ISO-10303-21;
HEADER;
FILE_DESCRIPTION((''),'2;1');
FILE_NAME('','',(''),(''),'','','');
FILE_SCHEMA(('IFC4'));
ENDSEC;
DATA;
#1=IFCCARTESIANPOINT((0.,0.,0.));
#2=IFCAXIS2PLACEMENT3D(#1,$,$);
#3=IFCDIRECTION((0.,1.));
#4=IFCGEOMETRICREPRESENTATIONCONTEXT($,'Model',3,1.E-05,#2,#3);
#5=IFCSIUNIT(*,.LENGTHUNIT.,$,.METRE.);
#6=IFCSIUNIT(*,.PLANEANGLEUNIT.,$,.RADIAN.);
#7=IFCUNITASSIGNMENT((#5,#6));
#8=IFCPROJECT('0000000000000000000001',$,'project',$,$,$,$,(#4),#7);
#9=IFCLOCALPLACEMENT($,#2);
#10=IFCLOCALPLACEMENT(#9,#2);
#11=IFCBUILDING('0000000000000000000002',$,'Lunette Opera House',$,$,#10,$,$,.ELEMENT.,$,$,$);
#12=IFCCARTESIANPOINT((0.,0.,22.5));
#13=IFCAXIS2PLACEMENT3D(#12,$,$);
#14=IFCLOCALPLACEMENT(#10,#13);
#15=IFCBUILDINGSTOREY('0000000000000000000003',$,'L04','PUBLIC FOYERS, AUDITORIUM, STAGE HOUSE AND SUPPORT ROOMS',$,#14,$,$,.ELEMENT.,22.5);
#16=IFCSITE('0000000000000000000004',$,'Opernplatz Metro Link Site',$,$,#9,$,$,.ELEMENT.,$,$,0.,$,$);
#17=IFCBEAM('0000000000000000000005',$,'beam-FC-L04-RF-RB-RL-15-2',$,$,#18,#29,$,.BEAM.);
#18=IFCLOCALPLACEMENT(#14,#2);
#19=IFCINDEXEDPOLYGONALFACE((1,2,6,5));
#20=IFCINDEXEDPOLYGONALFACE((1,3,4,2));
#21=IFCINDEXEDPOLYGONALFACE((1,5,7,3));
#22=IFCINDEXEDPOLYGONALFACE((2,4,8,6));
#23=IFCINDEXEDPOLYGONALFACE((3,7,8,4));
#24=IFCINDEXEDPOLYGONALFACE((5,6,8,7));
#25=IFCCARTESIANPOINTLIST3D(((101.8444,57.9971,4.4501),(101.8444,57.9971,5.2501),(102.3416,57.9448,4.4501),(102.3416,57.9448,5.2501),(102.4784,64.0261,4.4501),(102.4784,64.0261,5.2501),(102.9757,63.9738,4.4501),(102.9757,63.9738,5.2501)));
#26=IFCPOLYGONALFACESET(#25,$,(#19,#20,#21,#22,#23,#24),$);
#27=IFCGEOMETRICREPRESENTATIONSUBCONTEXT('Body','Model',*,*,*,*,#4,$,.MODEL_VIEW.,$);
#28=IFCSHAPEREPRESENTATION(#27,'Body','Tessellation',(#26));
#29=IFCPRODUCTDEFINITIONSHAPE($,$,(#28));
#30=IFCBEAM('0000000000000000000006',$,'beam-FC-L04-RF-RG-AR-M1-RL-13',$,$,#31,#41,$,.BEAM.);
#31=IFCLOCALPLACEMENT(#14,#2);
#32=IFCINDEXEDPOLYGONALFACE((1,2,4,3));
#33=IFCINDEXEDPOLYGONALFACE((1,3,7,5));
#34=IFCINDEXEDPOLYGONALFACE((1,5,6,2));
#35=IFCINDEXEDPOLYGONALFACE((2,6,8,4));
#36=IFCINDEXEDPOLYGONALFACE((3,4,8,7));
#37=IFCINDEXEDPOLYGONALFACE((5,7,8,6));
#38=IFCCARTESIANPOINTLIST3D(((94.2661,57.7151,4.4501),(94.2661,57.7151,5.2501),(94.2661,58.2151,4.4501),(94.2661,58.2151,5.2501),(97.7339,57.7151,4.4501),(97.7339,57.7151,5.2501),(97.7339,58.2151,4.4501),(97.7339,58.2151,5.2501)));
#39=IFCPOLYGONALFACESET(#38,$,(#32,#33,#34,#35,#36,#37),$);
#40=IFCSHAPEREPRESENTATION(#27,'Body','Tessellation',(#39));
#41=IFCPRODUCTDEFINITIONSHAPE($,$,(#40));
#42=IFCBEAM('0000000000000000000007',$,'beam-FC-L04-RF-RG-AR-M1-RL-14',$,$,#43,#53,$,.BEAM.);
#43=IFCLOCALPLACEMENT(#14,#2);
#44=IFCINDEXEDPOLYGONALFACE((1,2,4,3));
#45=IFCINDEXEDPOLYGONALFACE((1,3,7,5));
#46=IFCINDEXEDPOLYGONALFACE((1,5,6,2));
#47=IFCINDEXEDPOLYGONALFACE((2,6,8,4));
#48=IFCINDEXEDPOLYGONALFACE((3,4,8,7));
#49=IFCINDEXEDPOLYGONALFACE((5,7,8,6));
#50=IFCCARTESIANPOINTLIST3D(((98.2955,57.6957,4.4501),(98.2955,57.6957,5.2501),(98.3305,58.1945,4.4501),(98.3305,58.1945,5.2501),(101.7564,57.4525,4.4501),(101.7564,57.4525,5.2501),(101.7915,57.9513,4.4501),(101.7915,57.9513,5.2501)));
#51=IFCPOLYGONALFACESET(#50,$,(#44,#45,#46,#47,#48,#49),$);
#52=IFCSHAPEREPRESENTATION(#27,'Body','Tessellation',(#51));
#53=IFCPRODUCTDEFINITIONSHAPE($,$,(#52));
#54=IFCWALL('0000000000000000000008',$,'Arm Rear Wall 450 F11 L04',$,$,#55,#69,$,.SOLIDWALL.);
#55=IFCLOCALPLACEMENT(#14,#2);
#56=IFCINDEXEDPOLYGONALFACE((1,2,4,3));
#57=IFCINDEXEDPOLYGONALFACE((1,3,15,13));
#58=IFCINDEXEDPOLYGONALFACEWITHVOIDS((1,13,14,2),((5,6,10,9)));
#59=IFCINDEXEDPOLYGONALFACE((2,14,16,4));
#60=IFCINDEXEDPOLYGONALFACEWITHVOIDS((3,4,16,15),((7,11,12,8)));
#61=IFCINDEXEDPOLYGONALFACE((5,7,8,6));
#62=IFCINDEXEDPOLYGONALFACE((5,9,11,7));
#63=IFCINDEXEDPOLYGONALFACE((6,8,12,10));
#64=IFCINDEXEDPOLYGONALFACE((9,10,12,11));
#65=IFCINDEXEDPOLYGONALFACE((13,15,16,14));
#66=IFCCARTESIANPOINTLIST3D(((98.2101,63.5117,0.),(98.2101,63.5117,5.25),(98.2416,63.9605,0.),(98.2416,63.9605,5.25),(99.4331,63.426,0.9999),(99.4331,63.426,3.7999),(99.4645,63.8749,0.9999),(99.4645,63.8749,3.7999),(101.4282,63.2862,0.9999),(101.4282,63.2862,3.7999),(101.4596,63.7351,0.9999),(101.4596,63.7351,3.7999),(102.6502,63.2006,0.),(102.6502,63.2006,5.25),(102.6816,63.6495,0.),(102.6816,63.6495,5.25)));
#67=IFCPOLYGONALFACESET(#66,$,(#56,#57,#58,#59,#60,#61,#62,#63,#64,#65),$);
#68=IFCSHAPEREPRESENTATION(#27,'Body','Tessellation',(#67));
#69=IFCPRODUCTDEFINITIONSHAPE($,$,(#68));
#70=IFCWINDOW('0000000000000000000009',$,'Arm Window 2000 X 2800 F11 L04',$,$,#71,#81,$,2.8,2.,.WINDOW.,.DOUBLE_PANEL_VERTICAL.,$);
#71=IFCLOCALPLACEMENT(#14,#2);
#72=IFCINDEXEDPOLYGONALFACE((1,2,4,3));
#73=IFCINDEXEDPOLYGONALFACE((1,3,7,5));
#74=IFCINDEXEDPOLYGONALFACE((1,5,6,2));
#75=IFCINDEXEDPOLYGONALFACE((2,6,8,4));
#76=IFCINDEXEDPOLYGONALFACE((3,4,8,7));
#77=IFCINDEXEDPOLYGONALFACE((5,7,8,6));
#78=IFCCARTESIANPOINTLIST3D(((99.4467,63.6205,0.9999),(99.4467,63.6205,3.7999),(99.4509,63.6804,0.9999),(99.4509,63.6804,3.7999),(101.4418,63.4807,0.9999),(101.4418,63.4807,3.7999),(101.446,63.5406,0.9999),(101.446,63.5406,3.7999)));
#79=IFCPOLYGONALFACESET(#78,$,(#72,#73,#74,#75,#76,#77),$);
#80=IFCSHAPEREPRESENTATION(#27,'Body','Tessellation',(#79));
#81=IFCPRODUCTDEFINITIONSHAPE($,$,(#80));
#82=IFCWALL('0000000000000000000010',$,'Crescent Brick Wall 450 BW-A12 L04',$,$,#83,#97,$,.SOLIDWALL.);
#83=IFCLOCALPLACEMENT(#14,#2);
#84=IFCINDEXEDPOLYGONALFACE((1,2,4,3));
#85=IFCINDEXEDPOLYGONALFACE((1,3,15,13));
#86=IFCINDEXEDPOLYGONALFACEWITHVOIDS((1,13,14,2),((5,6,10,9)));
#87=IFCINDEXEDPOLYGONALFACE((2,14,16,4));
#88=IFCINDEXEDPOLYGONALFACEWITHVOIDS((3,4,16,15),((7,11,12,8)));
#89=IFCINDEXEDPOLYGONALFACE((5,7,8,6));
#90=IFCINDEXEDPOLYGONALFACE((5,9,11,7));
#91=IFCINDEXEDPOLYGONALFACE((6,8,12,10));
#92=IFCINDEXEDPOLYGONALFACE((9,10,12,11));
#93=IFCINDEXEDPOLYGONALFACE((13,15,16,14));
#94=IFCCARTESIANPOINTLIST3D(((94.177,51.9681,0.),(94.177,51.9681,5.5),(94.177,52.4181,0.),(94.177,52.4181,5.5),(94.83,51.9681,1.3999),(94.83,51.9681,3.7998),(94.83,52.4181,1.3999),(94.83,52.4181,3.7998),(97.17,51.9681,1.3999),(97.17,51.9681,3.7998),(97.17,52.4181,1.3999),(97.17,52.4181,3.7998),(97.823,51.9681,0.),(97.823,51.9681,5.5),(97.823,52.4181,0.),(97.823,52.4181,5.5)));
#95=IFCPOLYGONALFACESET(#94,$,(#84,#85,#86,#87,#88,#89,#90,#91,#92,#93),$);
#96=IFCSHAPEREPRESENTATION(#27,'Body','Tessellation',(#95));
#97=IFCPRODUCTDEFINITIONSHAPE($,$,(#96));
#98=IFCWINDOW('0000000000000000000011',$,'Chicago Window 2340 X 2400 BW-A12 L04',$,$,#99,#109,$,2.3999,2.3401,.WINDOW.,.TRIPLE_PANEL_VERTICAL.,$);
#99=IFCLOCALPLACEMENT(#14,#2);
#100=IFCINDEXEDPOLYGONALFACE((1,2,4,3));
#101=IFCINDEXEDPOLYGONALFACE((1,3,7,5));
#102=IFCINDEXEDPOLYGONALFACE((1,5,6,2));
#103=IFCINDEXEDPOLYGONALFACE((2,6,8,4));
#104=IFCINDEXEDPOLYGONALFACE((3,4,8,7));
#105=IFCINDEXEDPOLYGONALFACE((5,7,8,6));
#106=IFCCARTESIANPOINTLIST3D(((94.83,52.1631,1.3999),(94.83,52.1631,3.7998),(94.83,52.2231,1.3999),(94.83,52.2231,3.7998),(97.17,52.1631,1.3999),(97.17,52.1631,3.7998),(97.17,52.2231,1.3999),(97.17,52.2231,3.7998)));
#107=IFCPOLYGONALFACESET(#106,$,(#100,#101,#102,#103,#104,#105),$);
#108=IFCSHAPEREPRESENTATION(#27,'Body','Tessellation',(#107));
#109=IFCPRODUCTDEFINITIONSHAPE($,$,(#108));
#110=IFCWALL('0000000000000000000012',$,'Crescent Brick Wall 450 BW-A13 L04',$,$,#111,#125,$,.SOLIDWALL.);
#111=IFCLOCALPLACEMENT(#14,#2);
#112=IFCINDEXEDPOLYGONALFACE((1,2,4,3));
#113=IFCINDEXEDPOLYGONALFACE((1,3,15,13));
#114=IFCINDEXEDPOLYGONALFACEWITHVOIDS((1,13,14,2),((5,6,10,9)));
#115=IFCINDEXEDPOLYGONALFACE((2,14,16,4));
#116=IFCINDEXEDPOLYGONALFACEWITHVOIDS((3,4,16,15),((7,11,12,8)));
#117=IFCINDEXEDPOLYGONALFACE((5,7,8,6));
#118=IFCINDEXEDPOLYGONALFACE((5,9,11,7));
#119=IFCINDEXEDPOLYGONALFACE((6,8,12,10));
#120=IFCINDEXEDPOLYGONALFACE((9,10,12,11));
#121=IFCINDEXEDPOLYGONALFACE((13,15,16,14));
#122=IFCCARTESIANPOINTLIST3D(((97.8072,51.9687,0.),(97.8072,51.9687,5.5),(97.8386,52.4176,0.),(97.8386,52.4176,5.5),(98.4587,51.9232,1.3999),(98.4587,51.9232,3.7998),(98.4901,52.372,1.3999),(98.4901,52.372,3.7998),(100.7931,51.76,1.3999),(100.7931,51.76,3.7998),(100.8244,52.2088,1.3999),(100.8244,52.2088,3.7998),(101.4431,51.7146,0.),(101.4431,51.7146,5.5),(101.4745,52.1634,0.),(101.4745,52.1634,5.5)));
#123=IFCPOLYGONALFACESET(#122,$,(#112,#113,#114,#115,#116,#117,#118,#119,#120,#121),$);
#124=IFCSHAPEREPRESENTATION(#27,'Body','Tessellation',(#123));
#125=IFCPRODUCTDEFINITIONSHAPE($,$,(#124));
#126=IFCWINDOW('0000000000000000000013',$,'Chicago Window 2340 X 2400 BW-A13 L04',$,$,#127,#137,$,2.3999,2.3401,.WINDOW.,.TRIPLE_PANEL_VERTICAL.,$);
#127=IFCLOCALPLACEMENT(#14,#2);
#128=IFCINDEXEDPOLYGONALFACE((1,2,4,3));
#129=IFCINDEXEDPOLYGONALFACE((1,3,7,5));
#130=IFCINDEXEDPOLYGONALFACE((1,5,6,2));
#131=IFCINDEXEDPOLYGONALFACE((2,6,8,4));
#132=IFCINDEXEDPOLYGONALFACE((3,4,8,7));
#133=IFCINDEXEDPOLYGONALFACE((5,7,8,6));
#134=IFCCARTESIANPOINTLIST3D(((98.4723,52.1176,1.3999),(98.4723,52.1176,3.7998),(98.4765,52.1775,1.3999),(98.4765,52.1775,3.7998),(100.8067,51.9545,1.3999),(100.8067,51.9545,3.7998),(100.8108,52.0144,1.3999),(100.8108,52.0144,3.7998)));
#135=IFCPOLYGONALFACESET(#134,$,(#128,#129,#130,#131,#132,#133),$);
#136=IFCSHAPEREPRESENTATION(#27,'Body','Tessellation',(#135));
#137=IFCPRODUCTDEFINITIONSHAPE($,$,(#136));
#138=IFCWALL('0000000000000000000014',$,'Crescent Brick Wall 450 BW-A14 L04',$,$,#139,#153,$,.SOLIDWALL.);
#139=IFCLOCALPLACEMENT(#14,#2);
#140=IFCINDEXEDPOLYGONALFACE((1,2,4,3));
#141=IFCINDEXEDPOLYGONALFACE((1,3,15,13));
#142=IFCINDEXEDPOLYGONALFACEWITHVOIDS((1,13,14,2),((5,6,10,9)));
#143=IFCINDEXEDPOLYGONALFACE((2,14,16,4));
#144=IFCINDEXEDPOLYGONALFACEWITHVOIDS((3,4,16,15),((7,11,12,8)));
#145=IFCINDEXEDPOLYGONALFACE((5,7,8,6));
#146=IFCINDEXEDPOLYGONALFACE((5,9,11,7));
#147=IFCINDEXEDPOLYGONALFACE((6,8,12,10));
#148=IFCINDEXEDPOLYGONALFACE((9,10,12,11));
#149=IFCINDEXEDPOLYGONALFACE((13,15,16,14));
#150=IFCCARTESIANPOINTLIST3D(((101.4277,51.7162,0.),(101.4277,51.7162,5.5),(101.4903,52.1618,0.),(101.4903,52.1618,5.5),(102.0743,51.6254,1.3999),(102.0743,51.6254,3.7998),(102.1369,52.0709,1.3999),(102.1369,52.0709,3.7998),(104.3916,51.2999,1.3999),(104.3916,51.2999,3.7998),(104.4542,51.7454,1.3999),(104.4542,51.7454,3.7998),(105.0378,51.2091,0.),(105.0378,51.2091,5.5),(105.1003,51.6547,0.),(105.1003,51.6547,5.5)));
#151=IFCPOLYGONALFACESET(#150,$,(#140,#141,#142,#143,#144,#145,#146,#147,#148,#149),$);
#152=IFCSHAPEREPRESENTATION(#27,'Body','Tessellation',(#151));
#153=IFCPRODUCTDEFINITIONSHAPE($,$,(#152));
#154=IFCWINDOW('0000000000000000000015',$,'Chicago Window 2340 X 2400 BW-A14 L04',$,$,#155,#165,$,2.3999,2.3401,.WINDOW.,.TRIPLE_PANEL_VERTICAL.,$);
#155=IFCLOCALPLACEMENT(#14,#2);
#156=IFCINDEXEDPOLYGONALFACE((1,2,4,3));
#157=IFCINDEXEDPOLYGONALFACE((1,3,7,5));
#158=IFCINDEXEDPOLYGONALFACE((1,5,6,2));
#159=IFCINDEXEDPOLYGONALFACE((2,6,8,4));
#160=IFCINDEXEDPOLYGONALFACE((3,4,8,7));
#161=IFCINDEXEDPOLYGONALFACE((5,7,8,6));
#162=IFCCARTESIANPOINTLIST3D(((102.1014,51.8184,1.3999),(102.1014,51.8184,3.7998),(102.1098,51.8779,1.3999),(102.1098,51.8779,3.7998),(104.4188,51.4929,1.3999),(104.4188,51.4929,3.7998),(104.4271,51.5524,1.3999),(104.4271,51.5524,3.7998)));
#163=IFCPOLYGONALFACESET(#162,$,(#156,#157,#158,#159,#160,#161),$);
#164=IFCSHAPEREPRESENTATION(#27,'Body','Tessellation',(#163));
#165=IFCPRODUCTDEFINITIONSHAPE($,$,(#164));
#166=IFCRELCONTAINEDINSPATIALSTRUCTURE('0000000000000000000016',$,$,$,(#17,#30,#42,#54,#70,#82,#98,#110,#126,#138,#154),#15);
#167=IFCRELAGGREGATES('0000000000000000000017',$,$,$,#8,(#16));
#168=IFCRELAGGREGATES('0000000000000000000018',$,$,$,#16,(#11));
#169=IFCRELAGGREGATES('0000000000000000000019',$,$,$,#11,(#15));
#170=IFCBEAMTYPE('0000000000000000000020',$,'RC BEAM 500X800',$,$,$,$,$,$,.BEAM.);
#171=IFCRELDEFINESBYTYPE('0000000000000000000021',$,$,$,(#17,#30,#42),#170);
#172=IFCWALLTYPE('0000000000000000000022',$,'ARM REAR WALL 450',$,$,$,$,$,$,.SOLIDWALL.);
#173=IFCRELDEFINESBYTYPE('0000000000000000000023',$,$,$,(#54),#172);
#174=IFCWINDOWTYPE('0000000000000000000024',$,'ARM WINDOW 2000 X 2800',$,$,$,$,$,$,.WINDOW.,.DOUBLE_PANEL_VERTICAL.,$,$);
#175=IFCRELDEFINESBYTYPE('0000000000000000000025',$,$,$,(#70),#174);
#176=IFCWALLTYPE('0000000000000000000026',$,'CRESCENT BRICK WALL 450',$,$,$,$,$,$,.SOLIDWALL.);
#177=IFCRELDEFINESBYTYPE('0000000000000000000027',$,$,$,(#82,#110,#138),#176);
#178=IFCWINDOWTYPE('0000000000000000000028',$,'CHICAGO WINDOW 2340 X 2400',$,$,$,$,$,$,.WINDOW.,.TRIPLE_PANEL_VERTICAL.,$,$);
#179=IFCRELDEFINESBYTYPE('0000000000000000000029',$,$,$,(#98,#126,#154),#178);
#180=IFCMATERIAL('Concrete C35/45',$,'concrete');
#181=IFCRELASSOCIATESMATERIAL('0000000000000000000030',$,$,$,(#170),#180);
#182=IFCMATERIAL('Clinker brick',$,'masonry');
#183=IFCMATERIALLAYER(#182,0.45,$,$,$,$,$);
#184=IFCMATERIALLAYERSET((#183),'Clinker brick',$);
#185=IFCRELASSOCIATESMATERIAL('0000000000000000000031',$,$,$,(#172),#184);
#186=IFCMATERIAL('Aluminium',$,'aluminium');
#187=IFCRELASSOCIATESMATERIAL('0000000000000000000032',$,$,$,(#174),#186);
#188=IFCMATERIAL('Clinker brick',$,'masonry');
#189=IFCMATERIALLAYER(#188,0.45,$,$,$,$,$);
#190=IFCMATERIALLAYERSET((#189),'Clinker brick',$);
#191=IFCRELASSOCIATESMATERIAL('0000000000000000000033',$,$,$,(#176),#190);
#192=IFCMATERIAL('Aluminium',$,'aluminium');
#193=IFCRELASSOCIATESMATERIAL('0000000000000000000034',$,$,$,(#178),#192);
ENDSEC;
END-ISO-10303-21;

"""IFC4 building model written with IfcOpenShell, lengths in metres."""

from ifc_helpers import new_model, si_unit, direction, frame, frame_2d, origin, origin_2d, place, context, subcontext, project, spatial, rectangle, extrude, material, layer, layer_set, material_profile, profile_set, type_object, element, fill, save


model = new_model("IFC4")

# Units and contexts
model_context = context("Model", 3, precision=1e-05, world=origin(), true_north=direction((0.0, 1.0)))
body_context = subcontext(model_context, "Body", "Model", "MODEL_VIEW")
ifc_project = project(units=[si_unit("LENGTHUNIT", "METRE"), si_unit("PLANEANGLEUNIT", "RADIAN")], contexts=[model_context])

# Site, building, storey
site_placement = place(None, origin())
site = spatial("IfcSite", under=ifc_project, at=site_placement, Name="Opernplatz Metro Link Site", CompositionType="ELEMENT", RefElevation=0.0)
building_placement = place(site_placement, origin())
building = spatial("IfcBuilding", under=site, at=building_placement, Name="Lunette Opera House", CompositionType="ELEMENT")
storey_placement = place(building_placement, frame((0.0, 0.0, 22.5)))
storey = spatial("IfcBuildingStorey", under=building, at=storey_placement, Name="L04", Description="PUBLIC FOYERS, AUDITORIUM, STAGE HOUSE AND SUPPORT ROOMS", CompositionType="ELEMENT", Elevation=22.5)

# Beams
ifc_material_1 = material(Name="Concrete C35/45", Category="concrete")
ifc_material_profile_1 = material_profile(ifc_material_1, rectangle(XDim=0.5, YDim=0.8, at=origin_2d()), Name="RC BEAM 500X800")
ifc_profile_set_1 = profile_set([ifc_material_profile_1], Name="Concrete C35/45")
beam_type_1 = type_object("IfcBeamType", Name="RC BEAM 500X800", PredefinedType="BEAM", material=ifc_profile_set_1)
beam_1_placement = place(storey_placement, frame((102.093, 57.9709, 4.8501), z_axis=(0.104586, 0.994516, 0.0), x_axis=(-0.994516, 0.104586, 0.0)))
element("IfcBeam", 1, at=beam_1_placement, inside=storey, type_object=beam_type_1, Name="beam-FC-L04-RF-RB-RL-15-2", PredefinedType="BEAM", context=body_context, shape_type="SweptSolid", body=[
    extrude(rectangle(XDim=0.5, YDim=0.8, at=origin_2d()), origin(), (0.0, 0.0, 1.0), 6.0623),
])
beam_2_placement = place(storey_placement, frame((94.2661, 57.9651, 4.8501), z_axis=(1.0, 0.0, 0.0), x_axis=(0.0, 1.0, 0.0)))
element("IfcBeam", 2, at=beam_2_placement, inside=storey, type_object=beam_type_1, Name="beam-FC-L04-RF-RG-AR-M1-RL-13", PredefinedType="BEAM", context=body_context, shape_type="SweptSolid", body=[
    extrude(rectangle(XDim=0.5, YDim=0.8, at=origin_2d()), origin(), (0.0, 0.0, 1.0), 3.4678),
])
beam_3_placement = place(storey_placement, frame((98.313, 57.9451, 4.8501), z_axis=(0.997541, -0.070087, 0.0), x_axis=(0.070087, 0.997541, 0.0)))
element("IfcBeam", 3, at=beam_3_placement, inside=storey, type_object=beam_type_1, Name="beam-FC-L04-RF-RG-AR-M1-RL-14", PredefinedType="BEAM", context=body_context, shape_type="SweptSolid", body=[
    extrude(rectangle(XDim=0.5, YDim=0.8, at=origin_2d()), origin(), (0.0, 0.0, 1.0), 3.4695),
])

# Walls, openings, windows
ifc_material_2 = material(Name="Clinker brick", Category="masonry")
ifc_layer_1 = layer(ifc_material_2, 0.45)
ifc_layer_set_1 = layer_set([ifc_layer_1], Name="Clinker brick")
wall_type_1 = type_object("IfcWallType", Name="ARM REAR WALL 450", PredefinedType="SOLIDWALL", material=ifc_layer_set_1)
wall_1_placement = place(storey_placement, frame((102.666, 63.425, 0.0), z_axis=(0.0, 0.0, 1.0), x_axis=(-0.997555, 0.069883, 0.0)))
wall_1 = element("IfcWall", 4, at=wall_1_placement, inside=storey, type_object=wall_type_1, Name="Arm Rear Wall 450 F11 L04", PredefinedType="SOLIDWALL", context=body_context, shape_type="SweptSolid", body=[
    extrude(rectangle(XDim=4.4509, YDim=0.45, at=frame_2d((2.2256, 0.0))), origin(), (0.0, 0.0, 1.0), 5.25),
])
opening_1_placement = place(wall_1_placement, frame((1.2251, 0.0, 1.0)))
opening_1 = element("IfcOpeningElement", 5, at=opening_1_placement, cuts=wall_1, PredefinedType="OPENING", context=body_context, shape_type="SweptSolid", body=[
    extrude(rectangle(XDim=2.0, YDim=2.8, at=frame_2d((1.0, 1.3999))), frame((0.0, 0.2371, 0.0), z_axis=(0.0, -1.0, 0.0), x_axis=(1.0, 0.0, 0.0)), (0.0, 0.0, 1.0), 0.4739),
])
ifc_material_3 = material(Name="Aluminium", Category="aluminium")
window_type_1 = type_object("IfcWindowType", Name="ARM WINDOW 2000 X 2800", PartitioningType="DOUBLE_PANEL_VERTICAL", PredefinedType="WINDOW", material=ifc_material_3)
window_1_placement = place(opening_1_placement, origin())
window_1 = element("IfcWindow", 6, at=window_1_placement, inside=storey, type_object=window_type_1, Name="Arm Window 2000 X 2800 F11 L04", OverallHeight=2.8, OverallWidth=2.0, PartitioningType="DOUBLE_PANEL_VERTICAL", PredefinedType="WINDOW", context=body_context, shape_type="SweptSolid", body=[
    extrude(rectangle(XDim=2.0, YDim=2.8, at=frame_2d((1.0, 1.3999))), frame((0.0, 0.03, 0.0), z_axis=(0.0, -1.0, 0.0), x_axis=(1.0, 0.0, 0.0)), (0.0, 0.0, 1.0), 0.0601),
])
fill(opening_1, window_1)
ifc_material_4 = material(Name="Clinker brick", Category="masonry")
ifc_layer_2 = layer(ifc_material_4, 0.45)
ifc_layer_set_2 = layer_set([ifc_layer_2], Name="Clinker brick")
wall_type_2 = type_object("IfcWallType", Name="CRESCENT BRICK WALL 450", PredefinedType="SOLIDWALL", material=ifc_layer_set_2)
wall_2_placement = place(storey_placement, frame((94.177, 52.1931, 0.0), z_axis=(0.0, 0.0, 1.0), x_axis=(1.0, 0.0, 0.0)))
wall_2 = element("IfcWall", 7, at=wall_2_placement, inside=storey, type_object=wall_type_2, Name="Crescent Brick Wall 450 BW-A12 L04", PredefinedType="SOLIDWALL", context=body_context, shape_type="SweptSolid", body=[
    extrude(rectangle(XDim=3.646, YDim=0.45, at=frame_2d((1.823, 0.0))), origin(), (0.0, 0.0, 1.0), 5.5),
])
opening_2_placement = place(wall_2_placement, frame((0.6531, 0.0, 1.3999)))
opening_2 = element("IfcOpeningElement", 8, at=opening_2_placement, cuts=wall_2, PredefinedType="OPENING", context=body_context, shape_type="SweptSolid", body=[
    extrude(rectangle(XDim=2.3401, YDim=2.3999, at=frame_2d((1.1699, 1.2))), frame((0.0, 0.2371, 0.0), z_axis=(0.0, -1.0, 0.0), x_axis=(1.0, 0.0, 0.0)), (0.0, 0.0, 1.0), 0.4739),
])
ifc_material_5 = material(Name="Aluminium", Category="aluminium")
window_type_2 = type_object("IfcWindowType", Name="CHICAGO WINDOW 2340 X 2400", PartitioningType="TRIPLE_PANEL_VERTICAL", PredefinedType="WINDOW", material=ifc_material_5)
window_2_placement = place(opening_2_placement, origin())
window_2 = element("IfcWindow", 9, at=window_2_placement, inside=storey, type_object=window_type_2, Name="Chicago Window 2340 X 2400 BW-A12 L04", OverallHeight=2.3999, OverallWidth=2.3401, PartitioningType="TRIPLE_PANEL_VERTICAL", PredefinedType="WINDOW", context=body_context, shape_type="SweptSolid", body=[
    extrude(rectangle(XDim=2.3401, YDim=2.3999, at=frame_2d((1.1699, 1.2))), frame((0.0, 0.03, 0.0), z_axis=(0.0, -1.0, 0.0), x_axis=(1.0, 0.0, 0.0)), (0.0, 0.0, 1.0), 0.0601),
])
fill(opening_2, window_2)
wall_3_placement = place(storey_placement, frame((97.823, 52.1931, 0.0), z_axis=(0.0, 0.0, 1.0), x_axis=(0.997566, -0.069728, 0.0)))
wall_3 = element("IfcWall", 10, at=wall_3_placement, inside=storey, type_object=wall_type_2, Name="Crescent Brick Wall 450 BW-A13 L04", PredefinedType="SOLIDWALL", context=body_context, shape_type="SweptSolid", body=[
    extrude(rectangle(XDim=3.6448, YDim=0.45, at=frame_2d((1.8223, 0.0))), origin(), (0.0, 0.0, 1.0), 5.5),
])
opening_3_placement = place(wall_3_placement, frame((0.6531, 0.0, 1.3999)))
opening_3 = element("IfcOpeningElement", 11, at=opening_3_placement, cuts=wall_3, PredefinedType="OPENING", context=body_context, shape_type="SweptSolid", body=[
    extrude(rectangle(XDim=2.3401, YDim=2.3999, at=frame_2d((1.1699, 1.2))), frame((0.0, 0.2371, 0.0), z_axis=(0.0, -1.0, 0.0), x_axis=(1.0, 0.0, 0.0)), (0.0, 0.0, 1.0), 0.4739),
])
window_3_placement = place(opening_3_placement, origin())
window_3 = element("IfcWindow", 12, at=window_3_placement, inside=storey, type_object=window_type_2, Name="Chicago Window 2340 X 2400 BW-A13 L04", OverallHeight=2.3999, OverallWidth=2.3401, PartitioningType="TRIPLE_PANEL_VERTICAL", PredefinedType="WINDOW", context=body_context, shape_type="SweptSolid", body=[
    extrude(rectangle(XDim=2.3401, YDim=2.3999, at=frame_2d((1.1699, 1.2))), frame((0.0, 0.03, 0.0), z_axis=(0.0, -1.0, 0.0), x_axis=(1.0, 0.0, 0.0)), (0.0, 0.0, 1.0), 0.0601),
])
fill(opening_3, window_3)
wall_4_placement = place(storey_placement, frame((101.459, 51.939, 0.0), z_axis=(0.0, 0.0, 1.0), x_axis=(0.990279, -0.139096, 0.0)))
wall_4 = element("IfcWall", 13, at=wall_4_placement, inside=storey, type_object=wall_type_2, Name="Crescent Brick Wall 450 BW-A14 L04", PredefinedType="SOLIDWALL", context=body_context, shape_type="SweptSolid", body=[
    extrude(rectangle(XDim=3.6455, YDim=0.45, at=frame_2d((1.8228, 0.0))), origin(), (0.0, 0.0, 1.0), 5.5),
])
opening_4_placement = place(wall_4_placement, frame((0.6531, 0.0, 1.3999)))
opening_4 = element("IfcOpeningElement", 14, at=opening_4_placement, cuts=wall_4, PredefinedType="OPENING", context=body_context, shape_type="SweptSolid", body=[
    extrude(rectangle(XDim=2.3401, YDim=2.3999, at=frame_2d((1.1699, 1.2))), frame((0.0, 0.2371, 0.0), z_axis=(0.0, -1.0, 0.0), x_axis=(1.0, 0.0, 0.0)), (0.0, 0.0, 1.0), 0.4739),
])
window_4_placement = place(opening_4_placement, origin())
window_4 = element("IfcWindow", 15, at=window_4_placement, inside=storey, type_object=window_type_2, Name="Chicago Window 2340 X 2400 BW-A14 L04", OverallHeight=2.3999, OverallWidth=2.3401, PartitioningType="TRIPLE_PANEL_VERTICAL", PredefinedType="WINDOW", context=body_context, shape_type="SweptSolid", body=[
    extrude(rectangle(XDim=2.3401, YDim=2.3999, at=frame_2d((1.1699, 1.2))), frame((0.0, 0.03, 0.0), z_axis=(0.0, -1.0, 0.0), x_axis=(1.0, 0.0, 0.0)), (0.0, 0.0, 1.0), 0.0601),
])
fill(opening_4, window_4)

save(model, "model.ifc")
